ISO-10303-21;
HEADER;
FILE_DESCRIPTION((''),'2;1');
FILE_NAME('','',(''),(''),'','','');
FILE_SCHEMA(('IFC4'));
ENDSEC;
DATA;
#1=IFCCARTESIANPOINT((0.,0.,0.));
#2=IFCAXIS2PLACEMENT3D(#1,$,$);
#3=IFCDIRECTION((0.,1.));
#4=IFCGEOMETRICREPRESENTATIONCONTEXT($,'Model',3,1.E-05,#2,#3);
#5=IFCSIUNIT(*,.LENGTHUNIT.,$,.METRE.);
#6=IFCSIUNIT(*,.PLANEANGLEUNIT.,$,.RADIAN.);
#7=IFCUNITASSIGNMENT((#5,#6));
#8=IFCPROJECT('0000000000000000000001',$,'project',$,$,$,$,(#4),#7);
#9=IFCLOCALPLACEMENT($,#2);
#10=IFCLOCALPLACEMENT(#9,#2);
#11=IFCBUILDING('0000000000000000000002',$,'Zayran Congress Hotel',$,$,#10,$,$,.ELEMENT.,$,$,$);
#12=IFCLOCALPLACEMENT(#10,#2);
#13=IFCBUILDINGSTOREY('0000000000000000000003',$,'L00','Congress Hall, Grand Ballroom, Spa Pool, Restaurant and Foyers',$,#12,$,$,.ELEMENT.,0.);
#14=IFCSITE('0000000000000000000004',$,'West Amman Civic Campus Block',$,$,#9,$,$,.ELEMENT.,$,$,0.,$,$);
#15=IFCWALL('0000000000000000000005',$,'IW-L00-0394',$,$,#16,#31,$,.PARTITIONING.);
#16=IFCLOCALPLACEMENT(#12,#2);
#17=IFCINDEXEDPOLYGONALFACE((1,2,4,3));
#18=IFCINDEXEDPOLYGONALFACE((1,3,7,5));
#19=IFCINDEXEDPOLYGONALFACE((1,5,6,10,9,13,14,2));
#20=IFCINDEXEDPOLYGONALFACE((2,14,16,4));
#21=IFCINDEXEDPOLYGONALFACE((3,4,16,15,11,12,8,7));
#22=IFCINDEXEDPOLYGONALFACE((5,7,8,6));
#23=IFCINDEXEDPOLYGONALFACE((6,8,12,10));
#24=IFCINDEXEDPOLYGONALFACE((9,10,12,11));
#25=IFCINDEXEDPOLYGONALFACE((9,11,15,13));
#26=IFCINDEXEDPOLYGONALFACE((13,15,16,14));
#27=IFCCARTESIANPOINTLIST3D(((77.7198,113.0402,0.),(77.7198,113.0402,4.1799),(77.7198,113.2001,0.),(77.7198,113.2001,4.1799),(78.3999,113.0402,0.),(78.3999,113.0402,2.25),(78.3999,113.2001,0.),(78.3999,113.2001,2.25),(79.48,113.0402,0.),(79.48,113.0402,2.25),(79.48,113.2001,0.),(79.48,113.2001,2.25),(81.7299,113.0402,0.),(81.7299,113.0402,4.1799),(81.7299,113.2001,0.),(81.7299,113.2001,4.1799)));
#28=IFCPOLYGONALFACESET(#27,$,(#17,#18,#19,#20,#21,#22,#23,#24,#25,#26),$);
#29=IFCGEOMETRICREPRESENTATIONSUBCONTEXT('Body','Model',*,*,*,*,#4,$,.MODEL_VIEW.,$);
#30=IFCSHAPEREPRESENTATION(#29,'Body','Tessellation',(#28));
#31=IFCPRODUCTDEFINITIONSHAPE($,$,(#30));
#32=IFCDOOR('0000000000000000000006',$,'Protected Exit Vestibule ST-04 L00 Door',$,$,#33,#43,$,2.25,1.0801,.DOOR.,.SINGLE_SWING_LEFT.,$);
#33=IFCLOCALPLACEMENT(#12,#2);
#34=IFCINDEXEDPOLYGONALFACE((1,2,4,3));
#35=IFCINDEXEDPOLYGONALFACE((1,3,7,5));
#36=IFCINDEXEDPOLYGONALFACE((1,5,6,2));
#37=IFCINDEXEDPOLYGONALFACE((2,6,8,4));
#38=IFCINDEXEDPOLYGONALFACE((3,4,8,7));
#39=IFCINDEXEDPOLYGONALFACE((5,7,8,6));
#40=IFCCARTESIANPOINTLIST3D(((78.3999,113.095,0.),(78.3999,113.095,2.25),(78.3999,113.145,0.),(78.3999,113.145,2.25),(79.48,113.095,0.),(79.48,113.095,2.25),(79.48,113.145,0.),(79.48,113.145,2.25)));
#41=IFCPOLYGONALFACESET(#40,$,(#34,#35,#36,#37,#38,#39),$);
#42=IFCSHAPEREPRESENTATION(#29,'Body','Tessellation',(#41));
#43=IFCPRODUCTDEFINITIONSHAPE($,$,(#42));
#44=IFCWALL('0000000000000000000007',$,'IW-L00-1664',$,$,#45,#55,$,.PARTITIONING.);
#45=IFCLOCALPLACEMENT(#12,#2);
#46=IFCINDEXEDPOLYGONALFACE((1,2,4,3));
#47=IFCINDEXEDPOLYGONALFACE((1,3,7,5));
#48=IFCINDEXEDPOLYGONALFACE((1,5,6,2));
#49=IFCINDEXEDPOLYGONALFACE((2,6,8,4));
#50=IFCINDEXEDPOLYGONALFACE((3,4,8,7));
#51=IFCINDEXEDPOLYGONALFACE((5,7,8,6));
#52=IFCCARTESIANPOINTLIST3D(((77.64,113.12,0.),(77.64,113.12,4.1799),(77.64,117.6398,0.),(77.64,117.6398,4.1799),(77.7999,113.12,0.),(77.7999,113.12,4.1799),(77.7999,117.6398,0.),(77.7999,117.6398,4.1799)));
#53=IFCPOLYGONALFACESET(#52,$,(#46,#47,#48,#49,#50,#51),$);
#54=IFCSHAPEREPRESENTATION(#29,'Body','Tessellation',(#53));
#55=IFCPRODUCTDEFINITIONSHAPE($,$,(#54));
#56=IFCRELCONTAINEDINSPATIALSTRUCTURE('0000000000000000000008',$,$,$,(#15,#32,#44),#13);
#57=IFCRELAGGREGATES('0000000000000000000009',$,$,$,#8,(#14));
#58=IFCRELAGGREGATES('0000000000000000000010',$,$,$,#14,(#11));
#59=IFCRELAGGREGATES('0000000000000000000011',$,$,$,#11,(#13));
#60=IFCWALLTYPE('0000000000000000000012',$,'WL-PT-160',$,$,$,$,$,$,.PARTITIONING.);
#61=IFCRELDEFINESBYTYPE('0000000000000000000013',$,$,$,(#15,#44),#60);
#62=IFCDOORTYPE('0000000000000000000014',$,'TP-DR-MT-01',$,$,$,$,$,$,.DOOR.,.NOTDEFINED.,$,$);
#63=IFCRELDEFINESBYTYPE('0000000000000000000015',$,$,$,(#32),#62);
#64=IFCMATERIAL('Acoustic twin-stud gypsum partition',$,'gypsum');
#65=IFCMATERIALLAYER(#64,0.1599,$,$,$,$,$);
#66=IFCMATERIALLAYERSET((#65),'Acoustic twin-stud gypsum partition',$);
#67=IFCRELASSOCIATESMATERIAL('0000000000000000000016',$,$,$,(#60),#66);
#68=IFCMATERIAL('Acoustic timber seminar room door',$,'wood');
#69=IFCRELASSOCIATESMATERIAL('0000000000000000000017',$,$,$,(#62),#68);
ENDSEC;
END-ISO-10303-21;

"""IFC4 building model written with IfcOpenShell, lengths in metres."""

from ifc_helpers import new_model, si_unit, direction, frame, frame_2d, origin, place, context, subcontext, project, spatial, rectangle, extrude, material, layer, layer_set, type_object, element, fill, save


model = new_model("IFC4")

# Units and contexts
model_context = context("Model", 3, precision=1e-05, world=origin(), true_north=direction((0.0, 1.0)))
body_context = subcontext(model_context, "Body", "Model", "MODEL_VIEW")
ifc_project = project(units=[si_unit("LENGTHUNIT", "METRE"), si_unit("PLANEANGLEUNIT", "RADIAN")], contexts=[model_context])

# Site, building, storey
site_placement = place(None, origin())
site = spatial("IfcSite", under=ifc_project, at=site_placement, Name="West Amman Civic Campus Block", CompositionType="ELEMENT", RefElevation=0.0)
building_placement = place(site_placement, origin())
building = spatial("IfcBuilding", under=site, at=building_placement, Name="Zayran Congress Hotel", CompositionType="ELEMENT")
storey_placement = place(building_placement, origin())
storey = spatial("IfcBuildingStorey", under=building, at=storey_placement, Name="L00", Description="Congress Hall, Grand Ballroom, Spa Pool, Restaurant and Foyers", CompositionType="ELEMENT", Elevation=0.0)

# Wall, opening, door
ifc_material_1 = material(Name="Acoustic twin-stud gypsum partition", Category="gypsum")
ifc_layer_1 = layer(ifc_material_1, 0.1599)
ifc_layer_set_1 = layer_set([ifc_layer_1], Name="Acoustic twin-stud gypsum partition")
wall_type_1 = type_object("IfcWallType", Name="WL-PT-160", PredefinedType="PARTITIONING", material=ifc_layer_set_1)
wall_1_placement = place(storey_placement, frame((77.72, 113.1201, 0.0), z_axis=(0.0, 0.0, 1.0), x_axis=(1.0, 0.0, 0.0)))
wall_1 = element("IfcWall", 1, at=wall_1_placement, inside=storey, type_object=wall_type_1, Name="IW-L00-0394", PredefinedType="PARTITIONING", context=body_context, shape_type="SweptSolid", body=[
    extrude(rectangle(XDim=4.01, YDim=0.1599, at=frame_2d((2.0049, 0.0))), origin(), (0.0, 0.0, 1.0), 4.1799),
])
opening_1_placement = place(wall_1_placement, frame((0.6799, 0.0, 0.0)))
opening_1 = element("IfcOpeningElement", 2, at=opening_1_placement, cuts=wall_1, PredefinedType="OPENING", context=body_context, shape_type="SweptSolid", body=[
    extrude(rectangle(XDim=1.0801, YDim=2.25, at=frame_2d((0.54, 1.125))), frame((0.0, 0.0898, 0.0), z_axis=(0.0, -1.0, 0.0), x_axis=(1.0, 0.0, 0.0)), (0.0, 0.0, 1.0), 0.1799),
])
ifc_material_2 = material(Name="Acoustic timber seminar room door", Category="wood")
door_type_1 = type_object("IfcDoorType", Name="TP-DR-MT-01", OperationType="NOTDEFINED", PredefinedType="DOOR", material=ifc_material_2)
door_1_placement = place(opening_1_placement, origin())
door_1 = element("IfcDoor", 3, at=door_1_placement, inside=storey, type_object=door_type_1, Name="Protected Exit Vestibule ST-04 L00 Door", OperationType="SINGLE_SWING_LEFT", OverallHeight=2.25, OverallWidth=1.0801, PredefinedType="DOOR", context=body_context, shape_type="SweptSolid", body=[
    extrude(rectangle(XDim=1.0801, YDim=2.25, at=frame_2d((0.54, 1.125))), frame((0.0, 0.0249, 0.0), z_axis=(0.0, -1.0, 0.0), x_axis=(1.0, 0.0, 0.0)), (0.0, 0.0, 1.0), 0.05),
])
fill(opening_1, door_1)

# Wall
wall_2_placement = place(storey_placement, frame((77.72, 113.1201, 0.0), z_axis=(0.0, 0.0, 1.0), x_axis=(0.0, 1.0, 0.0)))
element("IfcWall", 4, at=wall_2_placement, inside=storey, type_object=wall_type_1, Name="IW-L00-1664", PredefinedType="PARTITIONING", context=body_context, shape_type="SweptSolid", body=[
    extrude(rectangle(XDim=4.5198, YDim=0.1599, at=frame_2d((2.2598, 0.0))), origin(), (0.0, 0.0, 1.0), 4.1799),
])

save(model, "model.ifc")
